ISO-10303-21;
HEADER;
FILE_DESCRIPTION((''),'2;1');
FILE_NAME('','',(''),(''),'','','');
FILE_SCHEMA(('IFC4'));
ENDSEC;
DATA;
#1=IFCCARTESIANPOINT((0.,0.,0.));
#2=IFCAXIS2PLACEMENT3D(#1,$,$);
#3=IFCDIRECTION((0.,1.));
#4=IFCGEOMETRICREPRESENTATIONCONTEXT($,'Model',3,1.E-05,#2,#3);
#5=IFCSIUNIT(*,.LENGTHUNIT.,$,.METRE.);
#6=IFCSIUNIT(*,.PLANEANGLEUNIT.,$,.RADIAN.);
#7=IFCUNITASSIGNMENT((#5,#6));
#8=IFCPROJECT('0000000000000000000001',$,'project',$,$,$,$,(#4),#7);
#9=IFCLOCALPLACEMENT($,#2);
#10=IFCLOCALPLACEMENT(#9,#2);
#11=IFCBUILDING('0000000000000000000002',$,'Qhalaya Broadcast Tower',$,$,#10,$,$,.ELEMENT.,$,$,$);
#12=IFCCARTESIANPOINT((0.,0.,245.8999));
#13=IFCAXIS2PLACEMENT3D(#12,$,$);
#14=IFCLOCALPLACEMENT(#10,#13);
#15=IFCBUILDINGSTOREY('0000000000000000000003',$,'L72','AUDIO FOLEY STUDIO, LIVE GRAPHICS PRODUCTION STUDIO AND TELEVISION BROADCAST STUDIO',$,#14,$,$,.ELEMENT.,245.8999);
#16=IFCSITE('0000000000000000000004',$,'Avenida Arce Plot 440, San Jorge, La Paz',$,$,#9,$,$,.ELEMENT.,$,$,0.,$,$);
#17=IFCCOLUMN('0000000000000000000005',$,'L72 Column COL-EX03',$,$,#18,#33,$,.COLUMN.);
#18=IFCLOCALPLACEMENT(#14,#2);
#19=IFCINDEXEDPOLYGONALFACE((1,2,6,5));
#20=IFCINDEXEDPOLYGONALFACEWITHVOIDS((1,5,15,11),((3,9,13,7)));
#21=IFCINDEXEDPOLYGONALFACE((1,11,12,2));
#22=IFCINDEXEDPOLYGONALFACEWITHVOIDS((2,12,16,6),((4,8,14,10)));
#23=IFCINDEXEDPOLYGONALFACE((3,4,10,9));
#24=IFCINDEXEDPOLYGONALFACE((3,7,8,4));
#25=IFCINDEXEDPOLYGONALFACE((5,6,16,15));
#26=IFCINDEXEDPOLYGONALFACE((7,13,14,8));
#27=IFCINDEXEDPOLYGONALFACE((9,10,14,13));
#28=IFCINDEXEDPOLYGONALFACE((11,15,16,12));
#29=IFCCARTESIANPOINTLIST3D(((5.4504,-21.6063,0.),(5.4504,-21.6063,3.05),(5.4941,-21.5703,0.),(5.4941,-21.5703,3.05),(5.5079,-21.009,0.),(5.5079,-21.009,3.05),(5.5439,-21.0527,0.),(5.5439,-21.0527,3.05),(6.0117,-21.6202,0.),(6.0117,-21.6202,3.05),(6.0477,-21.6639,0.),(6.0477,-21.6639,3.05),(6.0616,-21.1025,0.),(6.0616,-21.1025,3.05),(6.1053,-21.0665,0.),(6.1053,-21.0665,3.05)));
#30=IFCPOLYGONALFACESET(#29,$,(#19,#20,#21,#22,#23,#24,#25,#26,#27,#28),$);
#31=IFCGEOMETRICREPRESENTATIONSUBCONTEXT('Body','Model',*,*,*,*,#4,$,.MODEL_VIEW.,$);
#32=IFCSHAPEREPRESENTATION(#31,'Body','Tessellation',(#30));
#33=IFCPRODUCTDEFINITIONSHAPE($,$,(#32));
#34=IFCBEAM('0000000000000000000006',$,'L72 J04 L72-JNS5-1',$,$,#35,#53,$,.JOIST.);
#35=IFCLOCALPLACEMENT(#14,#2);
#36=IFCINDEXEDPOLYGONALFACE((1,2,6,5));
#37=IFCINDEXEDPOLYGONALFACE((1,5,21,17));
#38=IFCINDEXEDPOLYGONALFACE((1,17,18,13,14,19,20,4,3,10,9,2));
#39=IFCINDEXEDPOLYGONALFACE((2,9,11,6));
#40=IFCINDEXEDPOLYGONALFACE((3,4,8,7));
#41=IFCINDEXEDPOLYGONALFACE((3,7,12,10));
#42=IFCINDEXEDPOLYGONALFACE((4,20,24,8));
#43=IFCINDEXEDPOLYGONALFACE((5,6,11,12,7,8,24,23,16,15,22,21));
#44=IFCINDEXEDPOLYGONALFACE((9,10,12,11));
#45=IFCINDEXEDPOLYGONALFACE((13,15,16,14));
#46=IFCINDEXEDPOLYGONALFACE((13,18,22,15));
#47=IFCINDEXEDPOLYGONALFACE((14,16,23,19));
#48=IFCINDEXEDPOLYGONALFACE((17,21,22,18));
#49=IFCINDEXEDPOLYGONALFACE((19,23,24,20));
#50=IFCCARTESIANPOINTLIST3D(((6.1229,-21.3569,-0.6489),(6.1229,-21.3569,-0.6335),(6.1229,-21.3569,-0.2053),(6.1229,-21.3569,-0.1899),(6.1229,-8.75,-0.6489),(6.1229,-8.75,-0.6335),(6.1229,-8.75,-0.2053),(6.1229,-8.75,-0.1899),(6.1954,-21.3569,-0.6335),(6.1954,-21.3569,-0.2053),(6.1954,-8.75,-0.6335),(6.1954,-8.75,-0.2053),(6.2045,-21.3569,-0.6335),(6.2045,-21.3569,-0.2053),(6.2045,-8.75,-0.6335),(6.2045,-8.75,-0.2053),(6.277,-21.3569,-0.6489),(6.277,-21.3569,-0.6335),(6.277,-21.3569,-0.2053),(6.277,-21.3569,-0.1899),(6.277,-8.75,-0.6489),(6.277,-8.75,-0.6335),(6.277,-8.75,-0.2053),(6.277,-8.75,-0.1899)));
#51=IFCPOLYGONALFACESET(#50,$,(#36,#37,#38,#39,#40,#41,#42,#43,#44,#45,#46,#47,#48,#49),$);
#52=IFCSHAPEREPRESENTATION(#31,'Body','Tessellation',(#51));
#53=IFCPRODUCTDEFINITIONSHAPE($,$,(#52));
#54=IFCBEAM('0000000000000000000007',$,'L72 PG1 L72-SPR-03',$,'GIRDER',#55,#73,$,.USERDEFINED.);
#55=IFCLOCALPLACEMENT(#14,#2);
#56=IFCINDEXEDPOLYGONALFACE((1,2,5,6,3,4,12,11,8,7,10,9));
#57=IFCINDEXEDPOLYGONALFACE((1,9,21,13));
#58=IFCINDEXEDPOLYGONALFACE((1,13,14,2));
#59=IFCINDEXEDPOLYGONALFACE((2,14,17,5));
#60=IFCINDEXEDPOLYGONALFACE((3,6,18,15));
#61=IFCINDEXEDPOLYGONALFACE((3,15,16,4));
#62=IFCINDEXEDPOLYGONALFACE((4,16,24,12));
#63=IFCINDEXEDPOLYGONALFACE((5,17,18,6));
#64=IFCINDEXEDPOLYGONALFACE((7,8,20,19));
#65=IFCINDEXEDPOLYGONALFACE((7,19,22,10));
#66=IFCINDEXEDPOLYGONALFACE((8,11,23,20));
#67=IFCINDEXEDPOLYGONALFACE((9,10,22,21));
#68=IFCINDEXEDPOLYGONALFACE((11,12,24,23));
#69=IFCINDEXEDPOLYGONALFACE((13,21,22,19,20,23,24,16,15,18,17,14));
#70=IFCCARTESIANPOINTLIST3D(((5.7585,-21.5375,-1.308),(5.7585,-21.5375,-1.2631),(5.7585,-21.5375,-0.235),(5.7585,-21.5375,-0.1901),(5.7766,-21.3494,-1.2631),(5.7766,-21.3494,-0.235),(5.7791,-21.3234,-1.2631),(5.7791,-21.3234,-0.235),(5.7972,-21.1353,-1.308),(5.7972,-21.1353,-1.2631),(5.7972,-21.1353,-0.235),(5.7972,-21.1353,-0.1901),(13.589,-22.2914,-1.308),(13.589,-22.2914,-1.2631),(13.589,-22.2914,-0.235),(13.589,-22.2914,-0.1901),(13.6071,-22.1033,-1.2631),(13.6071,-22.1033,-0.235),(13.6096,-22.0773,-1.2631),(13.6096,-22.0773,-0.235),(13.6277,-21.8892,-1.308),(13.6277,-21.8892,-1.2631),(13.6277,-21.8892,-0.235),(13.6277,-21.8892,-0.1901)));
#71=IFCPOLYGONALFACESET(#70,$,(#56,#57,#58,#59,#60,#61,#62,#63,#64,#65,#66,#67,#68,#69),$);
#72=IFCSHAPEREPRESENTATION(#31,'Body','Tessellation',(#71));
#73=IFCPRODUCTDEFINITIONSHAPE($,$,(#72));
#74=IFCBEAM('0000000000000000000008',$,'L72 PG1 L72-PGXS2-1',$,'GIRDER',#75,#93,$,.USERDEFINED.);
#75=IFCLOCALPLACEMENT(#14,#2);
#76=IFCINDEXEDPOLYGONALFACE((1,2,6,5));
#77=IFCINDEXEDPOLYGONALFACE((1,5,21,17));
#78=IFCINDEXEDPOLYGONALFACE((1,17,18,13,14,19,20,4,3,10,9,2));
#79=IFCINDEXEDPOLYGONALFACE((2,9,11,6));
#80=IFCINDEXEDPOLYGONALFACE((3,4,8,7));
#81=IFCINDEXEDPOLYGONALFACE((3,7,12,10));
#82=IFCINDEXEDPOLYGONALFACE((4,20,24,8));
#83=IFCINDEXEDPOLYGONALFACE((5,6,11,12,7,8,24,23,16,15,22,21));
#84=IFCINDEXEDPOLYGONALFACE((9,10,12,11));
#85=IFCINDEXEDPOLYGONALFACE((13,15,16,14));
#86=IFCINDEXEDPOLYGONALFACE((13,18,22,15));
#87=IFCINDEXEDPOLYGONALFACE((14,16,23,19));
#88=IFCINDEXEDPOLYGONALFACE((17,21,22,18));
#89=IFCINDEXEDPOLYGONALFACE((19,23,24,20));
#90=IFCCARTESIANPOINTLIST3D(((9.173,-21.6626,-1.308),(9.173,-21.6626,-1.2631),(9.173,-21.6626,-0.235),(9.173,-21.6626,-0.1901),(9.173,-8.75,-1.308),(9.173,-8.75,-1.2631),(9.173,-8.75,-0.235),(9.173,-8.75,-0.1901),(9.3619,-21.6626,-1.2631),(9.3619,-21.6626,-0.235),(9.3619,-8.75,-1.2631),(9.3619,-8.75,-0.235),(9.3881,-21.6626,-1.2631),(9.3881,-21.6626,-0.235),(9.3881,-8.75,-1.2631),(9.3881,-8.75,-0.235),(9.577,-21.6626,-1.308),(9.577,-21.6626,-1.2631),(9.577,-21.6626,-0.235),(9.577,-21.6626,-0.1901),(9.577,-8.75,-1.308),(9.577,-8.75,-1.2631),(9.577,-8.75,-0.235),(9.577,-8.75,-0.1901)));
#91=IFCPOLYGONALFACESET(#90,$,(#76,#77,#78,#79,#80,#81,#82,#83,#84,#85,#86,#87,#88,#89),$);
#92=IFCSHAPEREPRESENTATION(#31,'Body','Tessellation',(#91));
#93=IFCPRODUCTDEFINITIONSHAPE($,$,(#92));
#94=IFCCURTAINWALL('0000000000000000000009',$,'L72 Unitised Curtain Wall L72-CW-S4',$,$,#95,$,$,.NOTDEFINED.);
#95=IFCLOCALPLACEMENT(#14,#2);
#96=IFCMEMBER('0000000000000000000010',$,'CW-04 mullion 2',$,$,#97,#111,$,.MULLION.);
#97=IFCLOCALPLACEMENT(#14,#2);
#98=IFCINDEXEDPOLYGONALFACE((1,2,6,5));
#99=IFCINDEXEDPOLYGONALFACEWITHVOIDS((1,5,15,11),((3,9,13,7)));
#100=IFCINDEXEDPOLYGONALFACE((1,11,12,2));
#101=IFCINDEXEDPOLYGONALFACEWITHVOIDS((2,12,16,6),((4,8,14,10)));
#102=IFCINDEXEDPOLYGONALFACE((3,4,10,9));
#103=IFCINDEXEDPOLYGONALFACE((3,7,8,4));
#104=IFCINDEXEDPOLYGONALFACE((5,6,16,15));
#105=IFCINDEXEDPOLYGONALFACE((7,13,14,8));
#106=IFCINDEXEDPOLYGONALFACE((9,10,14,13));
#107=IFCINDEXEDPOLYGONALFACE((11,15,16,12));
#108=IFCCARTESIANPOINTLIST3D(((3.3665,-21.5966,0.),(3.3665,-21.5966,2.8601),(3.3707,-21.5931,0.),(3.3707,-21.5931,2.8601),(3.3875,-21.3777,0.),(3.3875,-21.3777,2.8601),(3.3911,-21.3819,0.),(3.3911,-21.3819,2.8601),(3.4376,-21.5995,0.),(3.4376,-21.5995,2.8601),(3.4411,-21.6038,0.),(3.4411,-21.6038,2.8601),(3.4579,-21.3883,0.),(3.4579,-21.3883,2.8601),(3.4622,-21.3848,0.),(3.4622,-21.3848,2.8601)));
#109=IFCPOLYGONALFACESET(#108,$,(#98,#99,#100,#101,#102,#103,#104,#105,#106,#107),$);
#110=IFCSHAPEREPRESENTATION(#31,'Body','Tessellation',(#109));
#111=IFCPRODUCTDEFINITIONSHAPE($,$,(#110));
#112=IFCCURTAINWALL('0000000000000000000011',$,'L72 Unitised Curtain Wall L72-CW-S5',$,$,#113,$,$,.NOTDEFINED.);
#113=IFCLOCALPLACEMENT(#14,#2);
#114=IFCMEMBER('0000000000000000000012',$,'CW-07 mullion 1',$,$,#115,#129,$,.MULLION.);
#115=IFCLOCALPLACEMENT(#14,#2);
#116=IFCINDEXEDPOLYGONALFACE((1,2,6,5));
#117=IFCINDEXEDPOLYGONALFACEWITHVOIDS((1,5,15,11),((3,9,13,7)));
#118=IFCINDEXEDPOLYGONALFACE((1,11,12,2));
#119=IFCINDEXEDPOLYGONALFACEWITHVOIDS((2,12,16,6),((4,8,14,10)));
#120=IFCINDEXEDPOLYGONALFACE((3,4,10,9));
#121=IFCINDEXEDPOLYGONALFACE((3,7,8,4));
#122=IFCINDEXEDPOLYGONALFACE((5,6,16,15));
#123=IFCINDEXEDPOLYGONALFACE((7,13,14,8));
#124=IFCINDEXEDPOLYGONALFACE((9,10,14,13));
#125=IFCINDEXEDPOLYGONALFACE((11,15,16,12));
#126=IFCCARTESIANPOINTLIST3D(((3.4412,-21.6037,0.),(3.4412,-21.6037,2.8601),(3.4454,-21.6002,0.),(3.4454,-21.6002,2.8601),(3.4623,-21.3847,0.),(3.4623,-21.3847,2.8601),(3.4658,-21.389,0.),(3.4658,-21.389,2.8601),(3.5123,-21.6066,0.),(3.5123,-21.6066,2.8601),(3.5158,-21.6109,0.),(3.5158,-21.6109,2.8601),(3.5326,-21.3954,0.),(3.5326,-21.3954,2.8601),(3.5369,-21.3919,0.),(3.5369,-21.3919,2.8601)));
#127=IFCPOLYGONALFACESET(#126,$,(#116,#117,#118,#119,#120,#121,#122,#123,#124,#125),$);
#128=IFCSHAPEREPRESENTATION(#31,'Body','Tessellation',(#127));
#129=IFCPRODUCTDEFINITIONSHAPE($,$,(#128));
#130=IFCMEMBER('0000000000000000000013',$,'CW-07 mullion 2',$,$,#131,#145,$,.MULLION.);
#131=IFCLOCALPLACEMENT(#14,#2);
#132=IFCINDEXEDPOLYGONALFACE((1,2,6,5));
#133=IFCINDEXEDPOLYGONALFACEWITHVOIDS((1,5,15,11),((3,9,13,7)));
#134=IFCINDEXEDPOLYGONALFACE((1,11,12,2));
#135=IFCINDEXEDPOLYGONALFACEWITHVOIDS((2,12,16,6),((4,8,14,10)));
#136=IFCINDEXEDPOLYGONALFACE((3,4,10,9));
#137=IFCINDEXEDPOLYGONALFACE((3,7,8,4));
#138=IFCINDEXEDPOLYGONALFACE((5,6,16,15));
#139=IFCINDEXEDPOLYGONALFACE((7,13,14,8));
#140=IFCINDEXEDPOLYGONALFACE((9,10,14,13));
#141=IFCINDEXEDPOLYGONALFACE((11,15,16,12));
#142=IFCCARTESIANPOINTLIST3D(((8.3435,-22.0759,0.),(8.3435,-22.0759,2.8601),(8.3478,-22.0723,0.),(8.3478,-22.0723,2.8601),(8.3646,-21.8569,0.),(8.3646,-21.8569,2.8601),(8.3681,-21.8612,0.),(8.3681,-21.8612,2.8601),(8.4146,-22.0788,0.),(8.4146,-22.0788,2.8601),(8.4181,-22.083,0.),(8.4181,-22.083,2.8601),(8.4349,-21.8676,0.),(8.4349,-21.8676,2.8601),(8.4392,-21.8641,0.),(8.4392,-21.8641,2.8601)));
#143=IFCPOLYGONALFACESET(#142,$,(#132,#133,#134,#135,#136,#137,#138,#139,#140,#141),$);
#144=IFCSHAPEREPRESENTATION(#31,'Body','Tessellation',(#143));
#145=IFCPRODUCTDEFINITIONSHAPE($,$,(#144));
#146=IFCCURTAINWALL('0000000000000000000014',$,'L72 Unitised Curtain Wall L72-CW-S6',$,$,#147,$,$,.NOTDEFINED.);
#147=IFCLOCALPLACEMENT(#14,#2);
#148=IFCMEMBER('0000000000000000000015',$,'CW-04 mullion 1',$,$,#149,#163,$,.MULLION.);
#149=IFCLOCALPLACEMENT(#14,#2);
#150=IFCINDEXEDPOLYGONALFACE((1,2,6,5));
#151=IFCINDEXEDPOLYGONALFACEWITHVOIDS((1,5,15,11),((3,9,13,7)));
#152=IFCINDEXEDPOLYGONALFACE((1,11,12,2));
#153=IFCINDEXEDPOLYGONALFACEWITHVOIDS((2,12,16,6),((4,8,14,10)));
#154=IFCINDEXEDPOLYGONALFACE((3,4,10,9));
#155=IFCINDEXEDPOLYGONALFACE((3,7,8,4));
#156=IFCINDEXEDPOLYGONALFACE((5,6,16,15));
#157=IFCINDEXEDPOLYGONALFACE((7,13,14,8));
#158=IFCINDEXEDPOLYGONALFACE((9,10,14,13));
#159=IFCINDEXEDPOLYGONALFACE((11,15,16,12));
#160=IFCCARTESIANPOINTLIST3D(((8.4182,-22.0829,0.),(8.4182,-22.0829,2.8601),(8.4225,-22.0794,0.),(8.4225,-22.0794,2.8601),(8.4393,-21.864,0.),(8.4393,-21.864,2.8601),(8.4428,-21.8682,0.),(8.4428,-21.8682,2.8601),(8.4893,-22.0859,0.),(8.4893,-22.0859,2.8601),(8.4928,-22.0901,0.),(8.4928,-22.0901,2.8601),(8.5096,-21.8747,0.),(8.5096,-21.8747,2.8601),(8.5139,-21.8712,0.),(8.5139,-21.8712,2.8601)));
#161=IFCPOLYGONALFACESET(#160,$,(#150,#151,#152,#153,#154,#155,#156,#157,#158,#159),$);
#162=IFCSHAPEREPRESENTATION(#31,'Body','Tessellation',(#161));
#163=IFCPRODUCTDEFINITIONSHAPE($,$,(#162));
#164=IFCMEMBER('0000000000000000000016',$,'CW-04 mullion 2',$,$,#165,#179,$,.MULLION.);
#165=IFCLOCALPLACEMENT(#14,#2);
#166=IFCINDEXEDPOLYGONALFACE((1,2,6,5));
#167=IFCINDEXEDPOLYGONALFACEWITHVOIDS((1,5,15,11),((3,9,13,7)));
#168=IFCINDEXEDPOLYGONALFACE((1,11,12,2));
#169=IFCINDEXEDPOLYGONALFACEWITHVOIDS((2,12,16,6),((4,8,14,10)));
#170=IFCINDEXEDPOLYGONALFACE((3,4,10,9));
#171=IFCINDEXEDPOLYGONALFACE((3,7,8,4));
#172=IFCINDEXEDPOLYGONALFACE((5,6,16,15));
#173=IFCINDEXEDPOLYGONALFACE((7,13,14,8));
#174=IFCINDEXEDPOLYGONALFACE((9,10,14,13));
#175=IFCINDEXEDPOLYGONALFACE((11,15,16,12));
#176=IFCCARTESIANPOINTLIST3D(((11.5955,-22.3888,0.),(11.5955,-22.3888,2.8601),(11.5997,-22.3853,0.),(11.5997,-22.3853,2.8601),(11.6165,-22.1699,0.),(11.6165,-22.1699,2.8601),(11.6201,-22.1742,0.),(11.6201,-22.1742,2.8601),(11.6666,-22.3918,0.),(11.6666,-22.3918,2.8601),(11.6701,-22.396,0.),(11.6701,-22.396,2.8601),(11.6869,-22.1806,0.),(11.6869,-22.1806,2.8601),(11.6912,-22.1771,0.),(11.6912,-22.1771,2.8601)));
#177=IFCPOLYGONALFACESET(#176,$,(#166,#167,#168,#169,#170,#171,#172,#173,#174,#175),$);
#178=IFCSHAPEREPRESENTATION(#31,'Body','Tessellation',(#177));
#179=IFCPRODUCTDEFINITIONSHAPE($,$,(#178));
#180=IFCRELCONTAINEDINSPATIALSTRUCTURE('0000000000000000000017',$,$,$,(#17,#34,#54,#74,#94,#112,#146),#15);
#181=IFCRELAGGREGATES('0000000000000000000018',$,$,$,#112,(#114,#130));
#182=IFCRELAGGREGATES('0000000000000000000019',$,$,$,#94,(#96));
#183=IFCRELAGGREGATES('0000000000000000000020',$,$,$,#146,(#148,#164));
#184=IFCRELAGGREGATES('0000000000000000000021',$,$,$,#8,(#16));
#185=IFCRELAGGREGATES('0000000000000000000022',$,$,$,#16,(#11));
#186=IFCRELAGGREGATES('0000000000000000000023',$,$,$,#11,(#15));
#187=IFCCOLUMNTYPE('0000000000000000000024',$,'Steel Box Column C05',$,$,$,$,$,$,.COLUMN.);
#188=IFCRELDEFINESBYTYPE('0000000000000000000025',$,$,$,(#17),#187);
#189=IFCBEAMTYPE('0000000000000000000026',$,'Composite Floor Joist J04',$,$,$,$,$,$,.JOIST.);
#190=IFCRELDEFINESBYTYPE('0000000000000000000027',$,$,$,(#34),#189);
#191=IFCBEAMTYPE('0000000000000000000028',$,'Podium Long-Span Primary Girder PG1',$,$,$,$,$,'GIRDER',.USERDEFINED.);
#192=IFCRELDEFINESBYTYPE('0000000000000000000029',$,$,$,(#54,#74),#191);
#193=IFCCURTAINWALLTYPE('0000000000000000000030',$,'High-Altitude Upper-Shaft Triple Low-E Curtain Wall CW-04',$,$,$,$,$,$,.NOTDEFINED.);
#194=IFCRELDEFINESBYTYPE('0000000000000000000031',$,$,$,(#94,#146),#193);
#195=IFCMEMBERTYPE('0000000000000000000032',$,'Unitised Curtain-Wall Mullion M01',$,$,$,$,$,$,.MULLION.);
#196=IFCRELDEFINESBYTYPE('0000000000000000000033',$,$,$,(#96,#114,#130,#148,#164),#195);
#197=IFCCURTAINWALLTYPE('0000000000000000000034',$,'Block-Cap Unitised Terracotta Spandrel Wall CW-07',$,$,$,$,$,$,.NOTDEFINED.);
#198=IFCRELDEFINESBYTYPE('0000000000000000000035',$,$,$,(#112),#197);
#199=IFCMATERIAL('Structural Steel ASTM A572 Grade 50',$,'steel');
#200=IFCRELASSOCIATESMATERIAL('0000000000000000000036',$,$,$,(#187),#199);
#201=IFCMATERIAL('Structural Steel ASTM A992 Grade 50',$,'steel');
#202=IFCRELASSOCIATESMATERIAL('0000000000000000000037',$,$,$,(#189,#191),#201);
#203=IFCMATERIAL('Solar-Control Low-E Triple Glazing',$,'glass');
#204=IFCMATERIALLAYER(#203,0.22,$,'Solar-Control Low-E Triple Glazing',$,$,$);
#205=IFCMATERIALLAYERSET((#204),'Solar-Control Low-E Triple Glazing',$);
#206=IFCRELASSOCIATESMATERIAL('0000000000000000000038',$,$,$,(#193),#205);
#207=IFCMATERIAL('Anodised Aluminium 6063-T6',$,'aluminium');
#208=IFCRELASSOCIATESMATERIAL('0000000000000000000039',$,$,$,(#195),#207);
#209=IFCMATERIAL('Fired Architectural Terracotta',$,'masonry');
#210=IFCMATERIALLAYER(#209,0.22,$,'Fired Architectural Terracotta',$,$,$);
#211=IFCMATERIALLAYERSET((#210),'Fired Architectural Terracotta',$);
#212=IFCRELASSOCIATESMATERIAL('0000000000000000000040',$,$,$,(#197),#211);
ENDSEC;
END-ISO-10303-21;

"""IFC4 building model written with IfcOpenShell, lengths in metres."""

from ifc_helpers import new_model, si_unit, direction, frame, origin, origin_2d, place, context, subcontext, project, spatial, hollow_rectangle, i_section, extrude, material, layer, layer_set, material_profile, profile_set, type_object, element, aggregate, save


model = new_model("IFC4")

# Units and contexts
model_context = context("Model", 3, precision=1e-05, world=origin(), true_north=direction((0.0, 1.0)))
body_context = subcontext(model_context, "Body", "Model", "MODEL_VIEW")
ifc_project = project(units=[si_unit("LENGTHUNIT", "METRE"), si_unit("PLANEANGLEUNIT", "RADIAN")], contexts=[model_context])

# Site, building, storey
site_placement = place(None, origin())
site = spatial("IfcSite", under=ifc_project, at=site_placement, Name="Avenida Arce Plot 440, San Jorge, La Paz", CompositionType="ELEMENT", RefElevation=0.0)
building_placement = place(site_placement, origin())
building = spatial("IfcBuilding", under=site, at=building_placement, Name="Qhalaya Broadcast Tower", CompositionType="ELEMENT")
storey_placement = place(building_placement, frame((0.0, 0.0, 245.8999)))
storey = spatial("IfcBuildingStorey", under=building, at=storey_placement, Name="L72", Description="AUDIO FOLEY STUDIO, LIVE GRAPHICS PRODUCTION STUDIO AND TELEVISION BROADCAST STUDIO", CompositionType="ELEMENT", Elevation=245.8999)

# Column
ifc_material_1 = material(Name="Structural Steel ASTM A572 Grade 50", Category="steel")
ifc_material_profile_1 = material_profile(ifc_material_1, hollow_rectangle(XDim=0.6001, YDim=0.6001, WallThickness=0.04, at=origin_2d()), Name="BOX 600x600x40")
ifc_profile_set_1 = profile_set([ifc_material_profile_1], Name="Structural Steel ASTM A572 Grade 50")
column_type = type_object("IfcColumnType", Name="Steel Box Column C05", PredefinedType="COLUMN", material=ifc_profile_set_1)
column_placement = place(storey_placement, frame((5.7778, -21.3364, 0.0), z_axis=(0.0, 0.0, 1.0), x_axis=(0.995396, -0.095846, 0.0)))
element("IfcColumn", 1, at=column_placement, inside=storey, type_object=column_type, Name="L72 Column COL-EX03", PredefinedType="COLUMN", context=body_context, shape_type="SweptSolid", body=[
    extrude(hollow_rectangle(XDim=0.6001, YDim=0.6001, WallThickness=0.04, at=origin_2d()), origin(), (0.0, 0.0, 1.0), 3.05),
])

# Beams
ifc_material_2 = material(Name="Structural Steel ASTM A992 Grade 50", Category="steel")
ifc_material_profile_2 = material_profile(ifc_material_2, i_section(OverallWidth=0.1541, OverallDepth=0.459, WebThickness=0.009, FlangeThickness=0.0154, at=origin_2d()), Name="W18X46")
ifc_profile_set_2 = profile_set([ifc_material_profile_2], Name="Structural Steel ASTM A992 Grade 50")
beam_type_1 = type_object("IfcBeamType", Name="Composite Floor Joist J04", PredefinedType="JOIST", material=ifc_profile_set_2)
beam_1_placement = place(storey_placement, frame((6.2, -21.3569, -0.4194), z_axis=(0.0, 1.0, 0.0), x_axis=(-1.0, 0.0, 0.0)))
element("IfcBeam", 2, at=beam_1_placement, inside=storey, type_object=beam_type_1, Name="L72 J04 L72-JNS5-1", PredefinedType="JOIST", context=body_context, shape_type="SweptSolid", body=[
    extrude(i_section(OverallWidth=0.1541, OverallDepth=0.459, WebThickness=0.009, FlangeThickness=0.0154, at=origin_2d()), origin(), (0.0, 0.0, 1.0), 12.6069),
])
ifc_material_profile_3 = material_profile(ifc_material_2, i_section(OverallWidth=0.4041, OverallDepth=1.1179, WebThickness=0.0261, FlangeThickness=0.0449, at=origin_2d()), Name="W44X335")
ifc_profile_set_3 = profile_set([ifc_material_profile_3], Name="Structural Steel ASTM A992 Grade 50")
beam_type_2 = type_object("IfcBeamType", Name="Podium Long-Span Primary Girder PG1", ElementType="GIRDER", PredefinedType="USERDEFINED", material=ifc_profile_set_3)
beam_2_placement = place(storey_placement, frame((5.7778, -21.3364, -0.749), z_axis=(0.995397, -0.095834, 0.0), x_axis=(0.095834, 0.995397, 0.0)))
element("IfcBeam", 3, at=beam_2_placement, inside=storey, type_object=beam_type_2, Name="L72 PG1 L72-SPR-03", ObjectType="GIRDER", PredefinedType="USERDEFINED", context=body_context, shape_type="SweptSolid", body=[
    extrude(i_section(OverallWidth=0.4041, OverallDepth=1.1179, WebThickness=0.0261, FlangeThickness=0.0449, at=origin_2d()), origin(), (0.0, 0.0, 1.0), 7.8667),
])
beam_3_placement = place(storey_placement, frame((9.375, -21.6626, -0.749), z_axis=(0.0, 1.0, 0.0), x_axis=(-1.0, 0.0, 0.0)))
element("IfcBeam", 4, at=beam_3_placement, inside=storey, type_object=beam_type_2, Name="L72 PG1 L72-PGXS2-1", ObjectType="GIRDER", PredefinedType="USERDEFINED", context=body_context, shape_type="SweptSolid", body=[
    extrude(i_section(OverallWidth=0.4041, OverallDepth=1.1179, WebThickness=0.0261, FlangeThickness=0.0449, at=origin_2d()), origin(), (0.0, 0.0, 1.0), 12.9126),
])

# Curtain wall, member
ifc_material_3 = material(Name="Solar-Control Low-E Triple Glazing", Category="glass")
ifc_layer_1 = layer(ifc_material_3, 0.22, Name="Solar-Control Low-E Triple Glazing")
ifc_layer_set_1 = layer_set([ifc_layer_1], Name="Solar-Control Low-E Triple Glazing")
curtain_wall_type_1 = type_object("IfcCurtainWallType", Name="High-Altitude Upper-Shaft Triple Low-E Curtain Wall CW-04", PredefinedType="NOTDEFINED", material=ifc_layer_set_1)
curtain_wall_1_placement = place(storey_placement, origin())
curtain_wall_1 = element("IfcCurtainWall", 5, at=curtain_wall_1_placement, inside=storey, type_object=curtain_wall_type_1, Name="L72 Unitised Curtain Wall L72-CW-S4", PredefinedType="NOTDEFINED")
ifc_material_4 = material(Name="Anodised Aluminium 6063-T6", Category="aluminium")
ifc_material_profile_4 = material_profile(ifc_material_4, hollow_rectangle(XDim=0.075, YDim=0.22, WallThickness=0.0039, at=origin_2d()), Name="ALU-MUL 75x220x4")
ifc_profile_set_4 = profile_set([ifc_material_profile_4], Name="Anodised Aluminium 6063-T6")
member_type_1 = type_object("IfcMemberType", Name="Unitised Curtain-Wall Mullion M01", PredefinedType="MULLION", material=ifc_profile_set_4)
member_1_placement = place(storey_placement, frame((3.4143, -21.4907, 0.0), z_axis=(0.0, 0.0, 1.0), x_axis=(0.995397, -0.095838, 0.0)))
member_1 = element("IfcMember", 6, at=member_1_placement, type_object=member_type_1, Name="CW-04 mullion 2", PredefinedType="MULLION", context=body_context, shape_type="SweptSolid", body=[
    extrude(hollow_rectangle(XDim=0.075, YDim=0.22, WallThickness=0.0039, at=origin_2d()), origin(), (0.0, 0.0, 1.0), 2.8601),
])

# Curtain walls, members
ifc_material_5 = material(Name="Fired Architectural Terracotta", Category="masonry")
ifc_layer_2 = layer(ifc_material_5, 0.22, Name="Fired Architectural Terracotta")
ifc_layer_set_2 = layer_set([ifc_layer_2], Name="Fired Architectural Terracotta")
curtain_wall_type_2 = type_object("IfcCurtainWallType", Name="Block-Cap Unitised Terracotta Spandrel Wall CW-07", PredefinedType="NOTDEFINED", material=ifc_layer_set_2)
curtain_wall_2_placement = place(storey_placement, origin())
curtain_wall_2 = element("IfcCurtainWall", 7, at=curtain_wall_2_placement, inside=storey, type_object=curtain_wall_type_2, Name="L72 Unitised Curtain Wall L72-CW-S5", PredefinedType="NOTDEFINED")
member_2_placement = place(storey_placement, frame((3.489, -21.4978, 0.0), z_axis=(0.0, 0.0, 1.0), x_axis=(0.995395, -0.09586, 0.0)))
member_2 = element("IfcMember", 8, at=member_2_placement, type_object=member_type_1, Name="CW-07 mullion 1", PredefinedType="MULLION", context=body_context, shape_type="SweptSolid", body=[
    extrude(hollow_rectangle(XDim=0.075, YDim=0.22, WallThickness=0.0039, at=origin_2d()), origin(), (0.0, 0.0, 1.0), 2.8601),
])
member_3_placement = place(storey_placement, frame((8.3914, -21.97, 0.0), z_axis=(0.0, 0.0, 1.0), x_axis=(0.995395, -0.09586, 0.0)))
member_3 = element("IfcMember", 9, at=member_3_placement, type_object=member_type_1, Name="CW-07 mullion 2", PredefinedType="MULLION", context=body_context, shape_type="SweptSolid", body=[
    extrude(hollow_rectangle(XDim=0.075, YDim=0.22, WallThickness=0.0039, at=origin_2d()), origin(), (0.0, 0.0, 1.0), 2.8601),
])
curtain_wall_3_placement = place(storey_placement, origin())
curtain_wall_3 = element("IfcCurtainWall", 10, at=curtain_wall_3_placement, inside=storey, type_object=curtain_wall_type_1, Name="L72 Unitised Curtain Wall L72-CW-S6", PredefinedType="NOTDEFINED")
member_4_placement = place(storey_placement, frame((8.4661, -21.9771, 0.0), z_axis=(0.0, 0.0, 1.0), x_axis=(0.995397, -0.095836, 0.0)))
member_4 = element("IfcMember", 11, at=member_4_placement, type_object=member_type_1, Name="CW-04 mullion 1", PredefinedType="MULLION", context=body_context, shape_type="SweptSolid", body=[
    extrude(hollow_rectangle(XDim=0.075, YDim=0.22, WallThickness=0.0039, at=origin_2d()), origin(), (0.0, 0.0, 1.0), 2.8601),
])
member_5_placement = place(storey_placement, frame((11.6433, -22.283, 0.0), z_axis=(0.0, 0.0, 1.0), x_axis=(0.995397, -0.095836, 0.0)))
member_5 = element("IfcMember", 12, at=member_5_placement, type_object=member_type_1, Name="CW-04 mullion 2", PredefinedType="MULLION", context=body_context, shape_type="SweptSolid", body=[
    extrude(hollow_rectangle(XDim=0.075, YDim=0.22, WallThickness=0.0039, at=origin_2d()), origin(), (0.0, 0.0, 1.0), 2.8601),
])

aggregate(curtain_wall_2, [member_2, member_3])
aggregate(curtain_wall_1, [member_1])
aggregate(curtain_wall_3, [member_4, member_5])

save(model, "model.ifc")
